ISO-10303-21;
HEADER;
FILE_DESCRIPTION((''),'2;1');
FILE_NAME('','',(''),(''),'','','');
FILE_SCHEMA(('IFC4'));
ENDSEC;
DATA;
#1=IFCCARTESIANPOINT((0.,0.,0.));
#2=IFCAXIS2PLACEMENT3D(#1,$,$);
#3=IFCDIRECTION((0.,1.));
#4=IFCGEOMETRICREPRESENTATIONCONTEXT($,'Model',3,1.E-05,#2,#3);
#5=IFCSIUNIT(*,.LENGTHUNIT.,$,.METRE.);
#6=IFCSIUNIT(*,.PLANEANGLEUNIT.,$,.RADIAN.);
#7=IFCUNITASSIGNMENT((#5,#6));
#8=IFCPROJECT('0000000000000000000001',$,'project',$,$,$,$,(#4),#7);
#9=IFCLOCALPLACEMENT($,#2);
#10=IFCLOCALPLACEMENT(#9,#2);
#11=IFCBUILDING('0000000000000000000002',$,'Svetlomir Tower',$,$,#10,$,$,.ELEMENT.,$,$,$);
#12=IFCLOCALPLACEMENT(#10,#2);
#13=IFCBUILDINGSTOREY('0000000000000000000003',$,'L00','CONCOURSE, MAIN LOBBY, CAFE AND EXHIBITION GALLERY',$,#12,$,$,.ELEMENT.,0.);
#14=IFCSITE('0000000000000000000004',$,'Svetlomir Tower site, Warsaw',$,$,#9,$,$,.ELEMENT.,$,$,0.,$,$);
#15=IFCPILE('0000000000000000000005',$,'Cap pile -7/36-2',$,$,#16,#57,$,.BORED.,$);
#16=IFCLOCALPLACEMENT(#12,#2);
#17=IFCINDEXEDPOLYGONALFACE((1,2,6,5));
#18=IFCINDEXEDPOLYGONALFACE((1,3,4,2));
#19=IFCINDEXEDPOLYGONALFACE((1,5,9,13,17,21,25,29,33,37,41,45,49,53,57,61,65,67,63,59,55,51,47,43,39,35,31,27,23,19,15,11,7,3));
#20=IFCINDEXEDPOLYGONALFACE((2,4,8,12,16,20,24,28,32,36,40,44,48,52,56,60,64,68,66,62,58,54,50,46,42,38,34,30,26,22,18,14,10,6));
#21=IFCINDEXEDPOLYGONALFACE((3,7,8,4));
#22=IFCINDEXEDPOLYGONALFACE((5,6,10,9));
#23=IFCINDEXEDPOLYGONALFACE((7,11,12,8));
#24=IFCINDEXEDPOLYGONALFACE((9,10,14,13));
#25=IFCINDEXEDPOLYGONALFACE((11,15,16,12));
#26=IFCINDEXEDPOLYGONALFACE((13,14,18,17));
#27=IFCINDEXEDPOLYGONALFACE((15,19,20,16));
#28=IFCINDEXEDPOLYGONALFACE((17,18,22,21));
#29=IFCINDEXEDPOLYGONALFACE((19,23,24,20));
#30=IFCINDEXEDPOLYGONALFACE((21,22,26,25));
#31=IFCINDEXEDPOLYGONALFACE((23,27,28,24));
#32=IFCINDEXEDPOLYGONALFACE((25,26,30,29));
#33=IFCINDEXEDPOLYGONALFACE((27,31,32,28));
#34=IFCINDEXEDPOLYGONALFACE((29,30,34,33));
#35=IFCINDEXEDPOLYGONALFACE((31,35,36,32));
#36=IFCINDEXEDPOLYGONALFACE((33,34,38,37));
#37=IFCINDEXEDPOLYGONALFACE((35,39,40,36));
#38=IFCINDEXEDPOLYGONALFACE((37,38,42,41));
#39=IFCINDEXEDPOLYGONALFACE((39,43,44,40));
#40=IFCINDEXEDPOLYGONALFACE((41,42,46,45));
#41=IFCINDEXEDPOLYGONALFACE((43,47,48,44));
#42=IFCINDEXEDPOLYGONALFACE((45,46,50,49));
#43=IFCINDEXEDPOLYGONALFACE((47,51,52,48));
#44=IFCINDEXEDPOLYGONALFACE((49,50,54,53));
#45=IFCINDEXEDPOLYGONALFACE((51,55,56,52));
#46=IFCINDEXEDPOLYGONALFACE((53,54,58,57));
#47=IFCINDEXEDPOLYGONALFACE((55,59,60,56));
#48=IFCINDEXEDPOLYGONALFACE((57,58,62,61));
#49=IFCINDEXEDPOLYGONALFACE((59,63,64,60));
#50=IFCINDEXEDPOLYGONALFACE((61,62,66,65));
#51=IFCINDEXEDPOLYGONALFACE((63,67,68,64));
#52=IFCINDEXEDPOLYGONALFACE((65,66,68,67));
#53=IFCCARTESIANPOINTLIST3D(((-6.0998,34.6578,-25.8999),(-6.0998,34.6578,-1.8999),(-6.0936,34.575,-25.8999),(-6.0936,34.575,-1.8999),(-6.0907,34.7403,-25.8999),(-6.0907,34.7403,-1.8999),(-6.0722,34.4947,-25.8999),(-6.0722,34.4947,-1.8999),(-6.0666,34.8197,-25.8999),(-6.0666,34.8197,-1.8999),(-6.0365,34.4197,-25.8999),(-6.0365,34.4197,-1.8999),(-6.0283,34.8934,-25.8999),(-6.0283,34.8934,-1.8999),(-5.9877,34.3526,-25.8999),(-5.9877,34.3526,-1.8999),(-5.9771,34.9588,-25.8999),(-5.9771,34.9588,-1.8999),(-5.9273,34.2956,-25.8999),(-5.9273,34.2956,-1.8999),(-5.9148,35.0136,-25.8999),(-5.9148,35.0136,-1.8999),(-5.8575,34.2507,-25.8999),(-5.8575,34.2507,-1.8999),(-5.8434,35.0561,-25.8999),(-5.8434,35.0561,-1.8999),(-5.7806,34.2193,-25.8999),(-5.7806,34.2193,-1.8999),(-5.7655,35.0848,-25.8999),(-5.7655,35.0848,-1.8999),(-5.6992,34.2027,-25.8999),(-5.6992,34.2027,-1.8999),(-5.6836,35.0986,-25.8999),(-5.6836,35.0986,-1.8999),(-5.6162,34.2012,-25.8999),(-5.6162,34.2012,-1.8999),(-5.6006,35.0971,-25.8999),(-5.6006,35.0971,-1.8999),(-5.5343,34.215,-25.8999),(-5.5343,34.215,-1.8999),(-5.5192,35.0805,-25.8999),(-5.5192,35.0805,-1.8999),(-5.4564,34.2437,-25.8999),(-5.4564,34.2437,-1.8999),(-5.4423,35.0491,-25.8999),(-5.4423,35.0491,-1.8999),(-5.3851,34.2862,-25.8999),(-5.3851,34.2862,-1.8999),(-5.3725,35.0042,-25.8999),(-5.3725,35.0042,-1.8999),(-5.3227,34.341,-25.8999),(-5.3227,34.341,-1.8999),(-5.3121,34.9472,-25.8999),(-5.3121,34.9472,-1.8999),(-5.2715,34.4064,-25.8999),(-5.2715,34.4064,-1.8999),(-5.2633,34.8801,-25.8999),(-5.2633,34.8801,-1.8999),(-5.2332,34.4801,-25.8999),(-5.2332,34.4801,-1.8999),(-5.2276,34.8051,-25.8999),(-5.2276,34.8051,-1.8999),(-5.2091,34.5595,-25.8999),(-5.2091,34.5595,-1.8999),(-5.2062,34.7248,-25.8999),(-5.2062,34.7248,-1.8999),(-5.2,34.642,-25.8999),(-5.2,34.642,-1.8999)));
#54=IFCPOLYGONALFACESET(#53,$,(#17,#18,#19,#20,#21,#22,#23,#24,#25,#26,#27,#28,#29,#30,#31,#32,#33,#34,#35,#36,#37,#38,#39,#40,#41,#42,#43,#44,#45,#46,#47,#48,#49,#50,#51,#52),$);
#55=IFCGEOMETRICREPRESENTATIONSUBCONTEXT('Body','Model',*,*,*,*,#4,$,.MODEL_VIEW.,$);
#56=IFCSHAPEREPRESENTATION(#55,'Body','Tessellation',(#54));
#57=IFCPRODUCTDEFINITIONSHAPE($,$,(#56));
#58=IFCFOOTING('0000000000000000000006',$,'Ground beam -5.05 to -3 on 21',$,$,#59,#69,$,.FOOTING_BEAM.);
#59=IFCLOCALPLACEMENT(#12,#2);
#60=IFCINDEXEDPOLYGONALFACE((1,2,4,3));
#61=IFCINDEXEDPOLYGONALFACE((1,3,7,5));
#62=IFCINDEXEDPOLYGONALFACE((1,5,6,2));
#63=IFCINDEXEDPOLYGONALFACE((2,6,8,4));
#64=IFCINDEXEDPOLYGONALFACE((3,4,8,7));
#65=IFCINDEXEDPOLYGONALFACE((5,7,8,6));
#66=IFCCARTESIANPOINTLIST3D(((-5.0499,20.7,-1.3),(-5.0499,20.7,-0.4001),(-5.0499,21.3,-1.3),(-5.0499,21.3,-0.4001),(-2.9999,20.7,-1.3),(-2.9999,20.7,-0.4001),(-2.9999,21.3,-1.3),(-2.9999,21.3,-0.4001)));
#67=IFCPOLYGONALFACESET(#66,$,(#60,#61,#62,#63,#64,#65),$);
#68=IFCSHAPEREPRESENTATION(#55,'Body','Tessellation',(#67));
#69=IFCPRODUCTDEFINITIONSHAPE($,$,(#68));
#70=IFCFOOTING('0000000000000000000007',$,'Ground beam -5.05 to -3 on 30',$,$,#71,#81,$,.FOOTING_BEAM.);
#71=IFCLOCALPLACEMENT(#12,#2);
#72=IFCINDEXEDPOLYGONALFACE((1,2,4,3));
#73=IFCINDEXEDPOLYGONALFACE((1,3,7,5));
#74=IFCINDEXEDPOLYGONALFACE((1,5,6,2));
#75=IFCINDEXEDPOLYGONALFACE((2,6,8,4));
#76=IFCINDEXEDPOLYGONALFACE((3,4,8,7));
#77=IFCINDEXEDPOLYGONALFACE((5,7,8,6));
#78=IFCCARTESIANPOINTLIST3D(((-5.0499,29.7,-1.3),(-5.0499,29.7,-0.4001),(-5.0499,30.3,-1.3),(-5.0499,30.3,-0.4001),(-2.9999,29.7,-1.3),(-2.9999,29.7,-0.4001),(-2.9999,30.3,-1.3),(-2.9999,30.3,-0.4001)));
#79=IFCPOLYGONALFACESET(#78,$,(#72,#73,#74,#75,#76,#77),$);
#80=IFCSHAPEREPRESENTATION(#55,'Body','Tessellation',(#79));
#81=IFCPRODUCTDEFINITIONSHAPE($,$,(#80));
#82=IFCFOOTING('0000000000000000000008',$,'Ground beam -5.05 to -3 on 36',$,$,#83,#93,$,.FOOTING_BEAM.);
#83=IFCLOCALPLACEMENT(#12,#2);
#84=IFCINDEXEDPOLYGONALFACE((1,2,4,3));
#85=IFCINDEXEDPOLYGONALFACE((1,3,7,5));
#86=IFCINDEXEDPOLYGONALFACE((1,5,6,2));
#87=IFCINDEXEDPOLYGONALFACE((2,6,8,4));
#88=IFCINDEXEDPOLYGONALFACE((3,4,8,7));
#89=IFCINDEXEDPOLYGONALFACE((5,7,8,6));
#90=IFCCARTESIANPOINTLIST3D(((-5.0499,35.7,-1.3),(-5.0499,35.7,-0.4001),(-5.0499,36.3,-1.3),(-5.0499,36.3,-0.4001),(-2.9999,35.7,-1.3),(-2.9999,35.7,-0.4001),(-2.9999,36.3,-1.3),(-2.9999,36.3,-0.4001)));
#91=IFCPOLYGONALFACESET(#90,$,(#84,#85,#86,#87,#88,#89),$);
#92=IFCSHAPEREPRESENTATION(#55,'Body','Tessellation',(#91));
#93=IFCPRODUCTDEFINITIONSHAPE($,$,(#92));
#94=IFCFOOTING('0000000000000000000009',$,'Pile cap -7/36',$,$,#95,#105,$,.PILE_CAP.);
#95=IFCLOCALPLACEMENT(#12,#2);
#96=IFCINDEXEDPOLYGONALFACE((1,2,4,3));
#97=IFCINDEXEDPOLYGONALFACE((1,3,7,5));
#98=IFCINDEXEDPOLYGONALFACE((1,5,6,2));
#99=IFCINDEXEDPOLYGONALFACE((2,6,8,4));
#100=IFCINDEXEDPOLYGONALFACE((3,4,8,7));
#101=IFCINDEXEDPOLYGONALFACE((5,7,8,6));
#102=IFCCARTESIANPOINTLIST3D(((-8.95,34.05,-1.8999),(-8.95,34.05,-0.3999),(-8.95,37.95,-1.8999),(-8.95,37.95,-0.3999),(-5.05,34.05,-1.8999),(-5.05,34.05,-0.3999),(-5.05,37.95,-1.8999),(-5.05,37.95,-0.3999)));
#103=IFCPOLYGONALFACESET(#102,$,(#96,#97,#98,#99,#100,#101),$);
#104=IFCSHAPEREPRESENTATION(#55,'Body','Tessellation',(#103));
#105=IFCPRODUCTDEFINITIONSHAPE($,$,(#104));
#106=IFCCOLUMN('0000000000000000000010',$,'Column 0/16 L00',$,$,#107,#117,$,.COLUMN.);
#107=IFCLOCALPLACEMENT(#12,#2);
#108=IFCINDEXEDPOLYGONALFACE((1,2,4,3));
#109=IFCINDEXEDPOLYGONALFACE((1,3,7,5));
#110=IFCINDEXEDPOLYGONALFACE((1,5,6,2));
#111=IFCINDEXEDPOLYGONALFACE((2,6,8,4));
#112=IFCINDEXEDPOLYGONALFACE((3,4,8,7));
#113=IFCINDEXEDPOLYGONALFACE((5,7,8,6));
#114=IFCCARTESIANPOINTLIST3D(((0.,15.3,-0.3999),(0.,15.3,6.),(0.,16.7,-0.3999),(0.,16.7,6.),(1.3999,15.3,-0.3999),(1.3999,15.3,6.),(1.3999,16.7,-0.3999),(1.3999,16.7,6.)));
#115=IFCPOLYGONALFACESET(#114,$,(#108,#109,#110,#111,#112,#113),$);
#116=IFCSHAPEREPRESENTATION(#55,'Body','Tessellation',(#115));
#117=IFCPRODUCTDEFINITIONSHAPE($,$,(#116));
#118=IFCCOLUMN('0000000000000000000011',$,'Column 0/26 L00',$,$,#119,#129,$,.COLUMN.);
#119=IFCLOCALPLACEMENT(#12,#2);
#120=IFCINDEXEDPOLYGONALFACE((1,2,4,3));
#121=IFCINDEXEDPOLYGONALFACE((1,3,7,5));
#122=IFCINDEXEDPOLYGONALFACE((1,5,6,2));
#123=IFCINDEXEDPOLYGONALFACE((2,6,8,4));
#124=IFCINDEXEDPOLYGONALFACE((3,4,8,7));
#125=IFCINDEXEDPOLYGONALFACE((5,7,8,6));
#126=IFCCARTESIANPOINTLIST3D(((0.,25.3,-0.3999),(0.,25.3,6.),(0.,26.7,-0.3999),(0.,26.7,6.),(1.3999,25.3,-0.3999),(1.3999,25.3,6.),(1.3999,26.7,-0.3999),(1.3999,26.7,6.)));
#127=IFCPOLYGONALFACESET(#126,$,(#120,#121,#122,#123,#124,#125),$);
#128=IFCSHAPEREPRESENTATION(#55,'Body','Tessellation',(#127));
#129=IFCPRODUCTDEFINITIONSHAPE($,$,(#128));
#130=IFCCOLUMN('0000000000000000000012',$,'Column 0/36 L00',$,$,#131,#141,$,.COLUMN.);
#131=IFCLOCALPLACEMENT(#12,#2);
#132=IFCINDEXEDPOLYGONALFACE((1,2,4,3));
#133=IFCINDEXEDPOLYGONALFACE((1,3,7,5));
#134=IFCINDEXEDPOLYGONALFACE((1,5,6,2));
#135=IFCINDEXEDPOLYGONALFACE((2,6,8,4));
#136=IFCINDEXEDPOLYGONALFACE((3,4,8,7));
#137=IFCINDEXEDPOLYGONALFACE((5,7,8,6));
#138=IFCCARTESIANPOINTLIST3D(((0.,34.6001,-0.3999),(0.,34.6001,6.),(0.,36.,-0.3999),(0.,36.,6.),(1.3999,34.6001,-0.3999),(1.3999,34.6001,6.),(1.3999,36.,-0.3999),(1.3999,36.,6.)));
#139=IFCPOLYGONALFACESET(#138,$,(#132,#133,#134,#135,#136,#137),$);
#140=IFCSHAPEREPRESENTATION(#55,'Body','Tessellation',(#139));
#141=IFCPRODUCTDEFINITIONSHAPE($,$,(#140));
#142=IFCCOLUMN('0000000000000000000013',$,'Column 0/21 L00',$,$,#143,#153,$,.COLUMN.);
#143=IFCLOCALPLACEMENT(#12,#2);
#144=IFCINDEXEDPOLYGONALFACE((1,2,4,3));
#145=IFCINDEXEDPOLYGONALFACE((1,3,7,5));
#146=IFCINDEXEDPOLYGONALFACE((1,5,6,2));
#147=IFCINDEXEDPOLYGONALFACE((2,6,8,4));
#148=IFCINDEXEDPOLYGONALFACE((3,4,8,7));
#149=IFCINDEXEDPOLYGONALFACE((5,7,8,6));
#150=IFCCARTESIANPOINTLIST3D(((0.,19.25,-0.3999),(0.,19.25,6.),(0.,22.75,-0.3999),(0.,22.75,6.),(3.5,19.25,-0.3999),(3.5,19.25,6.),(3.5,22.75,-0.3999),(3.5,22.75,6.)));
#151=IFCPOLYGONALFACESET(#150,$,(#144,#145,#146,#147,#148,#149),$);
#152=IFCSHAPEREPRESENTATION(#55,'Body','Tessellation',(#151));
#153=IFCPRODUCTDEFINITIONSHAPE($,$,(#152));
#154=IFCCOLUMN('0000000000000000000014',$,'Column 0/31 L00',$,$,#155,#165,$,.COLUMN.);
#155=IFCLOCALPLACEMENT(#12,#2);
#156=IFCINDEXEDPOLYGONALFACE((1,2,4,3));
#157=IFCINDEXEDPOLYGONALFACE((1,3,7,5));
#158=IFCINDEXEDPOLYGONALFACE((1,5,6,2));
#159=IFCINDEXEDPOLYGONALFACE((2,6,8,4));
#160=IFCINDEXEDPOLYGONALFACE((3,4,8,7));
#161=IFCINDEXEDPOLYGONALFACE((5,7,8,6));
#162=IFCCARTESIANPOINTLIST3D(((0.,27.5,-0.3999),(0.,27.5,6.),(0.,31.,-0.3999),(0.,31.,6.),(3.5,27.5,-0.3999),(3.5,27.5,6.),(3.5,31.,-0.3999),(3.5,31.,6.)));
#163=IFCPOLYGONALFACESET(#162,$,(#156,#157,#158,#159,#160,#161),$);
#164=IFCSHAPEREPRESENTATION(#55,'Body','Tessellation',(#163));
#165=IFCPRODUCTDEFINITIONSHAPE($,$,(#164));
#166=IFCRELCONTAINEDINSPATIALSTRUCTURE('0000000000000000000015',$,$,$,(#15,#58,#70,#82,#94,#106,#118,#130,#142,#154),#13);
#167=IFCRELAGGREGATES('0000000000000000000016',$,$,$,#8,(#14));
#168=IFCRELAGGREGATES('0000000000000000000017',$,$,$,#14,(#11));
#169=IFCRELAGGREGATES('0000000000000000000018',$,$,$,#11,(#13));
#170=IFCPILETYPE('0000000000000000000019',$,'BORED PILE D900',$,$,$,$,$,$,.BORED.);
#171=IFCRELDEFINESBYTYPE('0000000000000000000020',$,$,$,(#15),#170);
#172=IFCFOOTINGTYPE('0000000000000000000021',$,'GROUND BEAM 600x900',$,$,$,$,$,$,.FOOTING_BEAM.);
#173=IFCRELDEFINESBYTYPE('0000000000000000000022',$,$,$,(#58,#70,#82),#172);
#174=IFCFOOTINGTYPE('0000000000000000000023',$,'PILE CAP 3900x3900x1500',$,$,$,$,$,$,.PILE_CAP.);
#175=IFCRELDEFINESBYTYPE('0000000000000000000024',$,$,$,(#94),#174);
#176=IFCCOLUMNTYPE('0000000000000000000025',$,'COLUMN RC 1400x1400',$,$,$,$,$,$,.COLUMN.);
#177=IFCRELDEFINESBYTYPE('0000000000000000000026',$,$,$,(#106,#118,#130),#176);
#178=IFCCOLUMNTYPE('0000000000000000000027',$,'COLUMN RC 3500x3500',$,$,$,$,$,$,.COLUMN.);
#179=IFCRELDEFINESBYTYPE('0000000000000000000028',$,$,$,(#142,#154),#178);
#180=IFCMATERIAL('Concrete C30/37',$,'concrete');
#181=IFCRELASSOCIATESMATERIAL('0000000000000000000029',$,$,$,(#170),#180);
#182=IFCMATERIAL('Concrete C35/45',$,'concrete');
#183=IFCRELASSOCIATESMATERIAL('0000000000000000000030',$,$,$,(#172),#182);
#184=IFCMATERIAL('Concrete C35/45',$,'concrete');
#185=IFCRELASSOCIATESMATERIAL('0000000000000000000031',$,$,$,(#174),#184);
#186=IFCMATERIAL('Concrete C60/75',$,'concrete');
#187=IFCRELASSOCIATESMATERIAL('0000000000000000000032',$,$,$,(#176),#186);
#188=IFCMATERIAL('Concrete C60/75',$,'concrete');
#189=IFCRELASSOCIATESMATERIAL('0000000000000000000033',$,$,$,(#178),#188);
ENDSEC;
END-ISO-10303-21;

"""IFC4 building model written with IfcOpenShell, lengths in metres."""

from ifc_helpers import new_model, si_unit, direction, frame, frame_2d, origin, origin_2d, place, context, subcontext, project, spatial, rectangle, circle, extrude, material, material_profile, profile_set, type_object, element, save


model = new_model("IFC4")

# Units and contexts
model_context = context("Model", 3, precision=1e-05, world=origin(), true_north=direction((0.0, 1.0)))
body_context = subcontext(model_context, "Body", "Model", "MODEL_VIEW")
ifc_project = project(units=[si_unit("LENGTHUNIT", "METRE"), si_unit("PLANEANGLEUNIT", "RADIAN")], contexts=[model_context])

# Site, building, storey
site_placement = place(None, origin())
site = spatial("IfcSite", under=ifc_project, at=site_placement, Name="Svetlomir Tower site, Warsaw", CompositionType="ELEMENT", RefElevation=0.0)
building_placement = place(site_placement, origin())
building = spatial("IfcBuilding", under=site, at=building_placement, Name="Svetlomir Tower", CompositionType="ELEMENT")
storey_placement = place(building_placement, origin())
storey = spatial("IfcBuildingStorey", under=building, at=storey_placement, Name="L00", Description="CONCOURSE, MAIN LOBBY, CAFE AND EXHIBITION GALLERY", CompositionType="ELEMENT", Elevation=0.0)

# Pile
ifc_material_1 = material(Name="Concrete C30/37", Category="concrete")
ifc_material_profile_1 = material_profile(ifc_material_1, circle(Radius=0.45, at=origin_2d()), Name="RC D900")
ifc_profile_set_1 = profile_set([ifc_material_profile_1], Name="Concrete C30/37")
pile_type_1 = type_object("IfcPileType", Name="BORED PILE D900", PredefinedType="BORED", material=ifc_profile_set_1)
for number, where, z_axis, x_axis, name in (
    (1, (-5.6499, 34.6499, -1.8999), (0.0, 0.0, -1.0), (1.0, 0.0, 0.0), "Cap pile -7/36-2"),
):
    element("IfcPile", number, at=place(storey_placement, frame(where, z_axis=z_axis, x_axis=x_axis)), inside=storey, type_object=pile_type_1, Name=name, PredefinedType="BORED", context=body_context, shape_type="SweptSolid", body=[
        extrude(circle(Radius=0.45, at=frame_2d((0.0, 0.0), x_axis=(0.999848, 0.017452))), origin(), (0.0, 0.0, 1.0), 24.0),
    ])

# Footings
ifc_material_2 = material(Name="Concrete C35/45", Category="concrete")
footing_type_1 = type_object("IfcFootingType", Name="GROUND BEAM 600x900", PredefinedType="FOOTING_BEAM", material=ifc_material_2)
for number, where, z_axis, x_axis, name in (
    (2, (-4.0249, 21.0, -1.3), (0.0, 0.0, 1.0), (1.0, 0.0, 0.0), "Ground beam -5.05 to -3 on 21"),
    (3, (-4.0249, 30.0, -1.3), (0.0, 0.0, 1.0), (1.0, 0.0, 0.0), "Ground beam -5.05 to -3 on 30"),
    (4, (-4.0249, 36.0, -1.3), (0.0, 0.0, 1.0), (1.0, 0.0, 0.0), "Ground beam -5.05 to -3 on 36"),
):
    element("IfcFooting", number, at=place(storey_placement, frame(where, z_axis=z_axis, x_axis=x_axis)), inside=storey, type_object=footing_type_1, Name=name, PredefinedType="FOOTING_BEAM", context=body_context, shape_type="SweptSolid", body=[
        extrude(rectangle(XDim=2.05, YDim=0.6001, at=origin_2d()), origin(), (0.0, 0.0, 1.0), 0.8999),
    ])
ifc_material_3 = material(Name="Concrete C35/45", Category="concrete")
footing_type_2 = type_object("IfcFootingType", Name="PILE CAP 3900x3900x1500", PredefinedType="PILE_CAP", material=ifc_material_3)
footing_placement = place(storey_placement, frame((-7.0, 36.0, -1.8999), z_axis=(0.0, 0.0, 1.0), x_axis=(1.0, 0.0, 0.0)))
element("IfcFooting", 5, at=footing_placement, inside=storey, type_object=footing_type_2, Name="Pile cap -7/36", PredefinedType="PILE_CAP", context=body_context, shape_type="SweptSolid", body=[
    extrude(rectangle(XDim=3.8999, YDim=3.8999, at=origin_2d()), origin(), (0.0, 0.0, 1.0), 1.5),
])

# Columns
ifc_material_4 = material(Name="Concrete C60/75", Category="concrete")
ifc_material_profile_2 = material_profile(ifc_material_4, rectangle(XDim=1.3999, YDim=1.3999, at=origin_2d()), Name="RC 1400x1400")
ifc_profile_set_2 = profile_set([ifc_material_profile_2], Name="Concrete C60/75")
column_type_1 = type_object("IfcColumnType", Name="COLUMN RC 1400x1400", PredefinedType="COLUMN", material=ifc_profile_set_2)
for number, where, z_axis, x_axis, name in (
    (6, (0.7, 16.0, -0.3999), (0.0, 0.0, 1.0), (1.0, 0.0, 0.0), "Column 0/16 L00"),
    (7, (0.7, 26.0, -0.3999), (0.0, 0.0, 1.0), (1.0, 0.0, 0.0), "Column 0/26 L00"),
    (8, (0.7, 35.3, -0.3999), (0.0, 0.0, 1.0), (1.0, 0.0, 0.0), "Column 0/36 L00"),
):
    element("IfcColumn", number, at=place(storey_placement, frame(where, z_axis=z_axis, x_axis=x_axis)), inside=storey, type_object=column_type_1, Name=name, PredefinedType="COLUMN", context=body_context, shape_type="SweptSolid", body=[
        extrude(rectangle(XDim=1.3999, YDim=1.3999, at=origin_2d()), origin(), (0.0, 0.0, 1.0), 6.3999),
    ])
ifc_material_5 = material(Name="Concrete C60/75", Category="concrete")
ifc_material_profile_3 = material_profile(ifc_material_5, rectangle(XDim=3.5, YDim=3.5, at=origin_2d()), Name="RC 3500x3500")
ifc_profile_set_3 = profile_set([ifc_material_profile_3], Name="Concrete C60/75")
column_type_2 = type_object("IfcColumnType", Name="COLUMN RC 3500x3500", PredefinedType="COLUMN", material=ifc_profile_set_3)
for number, where, z_axis, x_axis, name in (
    (9, (1.75, 21.0, -0.3999), (0.0, 0.0, 1.0), (1.0, 0.0, 0.0), "Column 0/21 L00"),
    (10, (1.75, 29.25, -0.3999), (0.0, 0.0, 1.0), (1.0, 0.0, 0.0), "Column 0/31 L00"),
):
    element("IfcColumn", number, at=place(storey_placement, frame(where, z_axis=z_axis, x_axis=x_axis)), inside=storey, type_object=column_type_2, Name=name, PredefinedType="COLUMN", context=body_context, shape_type="SweptSolid", body=[
        extrude(rectangle(XDim=3.5, YDim=3.5, at=origin_2d()), origin(), (0.0, 0.0, 1.0), 6.3999),
    ])

save(model, "model.ifc")
